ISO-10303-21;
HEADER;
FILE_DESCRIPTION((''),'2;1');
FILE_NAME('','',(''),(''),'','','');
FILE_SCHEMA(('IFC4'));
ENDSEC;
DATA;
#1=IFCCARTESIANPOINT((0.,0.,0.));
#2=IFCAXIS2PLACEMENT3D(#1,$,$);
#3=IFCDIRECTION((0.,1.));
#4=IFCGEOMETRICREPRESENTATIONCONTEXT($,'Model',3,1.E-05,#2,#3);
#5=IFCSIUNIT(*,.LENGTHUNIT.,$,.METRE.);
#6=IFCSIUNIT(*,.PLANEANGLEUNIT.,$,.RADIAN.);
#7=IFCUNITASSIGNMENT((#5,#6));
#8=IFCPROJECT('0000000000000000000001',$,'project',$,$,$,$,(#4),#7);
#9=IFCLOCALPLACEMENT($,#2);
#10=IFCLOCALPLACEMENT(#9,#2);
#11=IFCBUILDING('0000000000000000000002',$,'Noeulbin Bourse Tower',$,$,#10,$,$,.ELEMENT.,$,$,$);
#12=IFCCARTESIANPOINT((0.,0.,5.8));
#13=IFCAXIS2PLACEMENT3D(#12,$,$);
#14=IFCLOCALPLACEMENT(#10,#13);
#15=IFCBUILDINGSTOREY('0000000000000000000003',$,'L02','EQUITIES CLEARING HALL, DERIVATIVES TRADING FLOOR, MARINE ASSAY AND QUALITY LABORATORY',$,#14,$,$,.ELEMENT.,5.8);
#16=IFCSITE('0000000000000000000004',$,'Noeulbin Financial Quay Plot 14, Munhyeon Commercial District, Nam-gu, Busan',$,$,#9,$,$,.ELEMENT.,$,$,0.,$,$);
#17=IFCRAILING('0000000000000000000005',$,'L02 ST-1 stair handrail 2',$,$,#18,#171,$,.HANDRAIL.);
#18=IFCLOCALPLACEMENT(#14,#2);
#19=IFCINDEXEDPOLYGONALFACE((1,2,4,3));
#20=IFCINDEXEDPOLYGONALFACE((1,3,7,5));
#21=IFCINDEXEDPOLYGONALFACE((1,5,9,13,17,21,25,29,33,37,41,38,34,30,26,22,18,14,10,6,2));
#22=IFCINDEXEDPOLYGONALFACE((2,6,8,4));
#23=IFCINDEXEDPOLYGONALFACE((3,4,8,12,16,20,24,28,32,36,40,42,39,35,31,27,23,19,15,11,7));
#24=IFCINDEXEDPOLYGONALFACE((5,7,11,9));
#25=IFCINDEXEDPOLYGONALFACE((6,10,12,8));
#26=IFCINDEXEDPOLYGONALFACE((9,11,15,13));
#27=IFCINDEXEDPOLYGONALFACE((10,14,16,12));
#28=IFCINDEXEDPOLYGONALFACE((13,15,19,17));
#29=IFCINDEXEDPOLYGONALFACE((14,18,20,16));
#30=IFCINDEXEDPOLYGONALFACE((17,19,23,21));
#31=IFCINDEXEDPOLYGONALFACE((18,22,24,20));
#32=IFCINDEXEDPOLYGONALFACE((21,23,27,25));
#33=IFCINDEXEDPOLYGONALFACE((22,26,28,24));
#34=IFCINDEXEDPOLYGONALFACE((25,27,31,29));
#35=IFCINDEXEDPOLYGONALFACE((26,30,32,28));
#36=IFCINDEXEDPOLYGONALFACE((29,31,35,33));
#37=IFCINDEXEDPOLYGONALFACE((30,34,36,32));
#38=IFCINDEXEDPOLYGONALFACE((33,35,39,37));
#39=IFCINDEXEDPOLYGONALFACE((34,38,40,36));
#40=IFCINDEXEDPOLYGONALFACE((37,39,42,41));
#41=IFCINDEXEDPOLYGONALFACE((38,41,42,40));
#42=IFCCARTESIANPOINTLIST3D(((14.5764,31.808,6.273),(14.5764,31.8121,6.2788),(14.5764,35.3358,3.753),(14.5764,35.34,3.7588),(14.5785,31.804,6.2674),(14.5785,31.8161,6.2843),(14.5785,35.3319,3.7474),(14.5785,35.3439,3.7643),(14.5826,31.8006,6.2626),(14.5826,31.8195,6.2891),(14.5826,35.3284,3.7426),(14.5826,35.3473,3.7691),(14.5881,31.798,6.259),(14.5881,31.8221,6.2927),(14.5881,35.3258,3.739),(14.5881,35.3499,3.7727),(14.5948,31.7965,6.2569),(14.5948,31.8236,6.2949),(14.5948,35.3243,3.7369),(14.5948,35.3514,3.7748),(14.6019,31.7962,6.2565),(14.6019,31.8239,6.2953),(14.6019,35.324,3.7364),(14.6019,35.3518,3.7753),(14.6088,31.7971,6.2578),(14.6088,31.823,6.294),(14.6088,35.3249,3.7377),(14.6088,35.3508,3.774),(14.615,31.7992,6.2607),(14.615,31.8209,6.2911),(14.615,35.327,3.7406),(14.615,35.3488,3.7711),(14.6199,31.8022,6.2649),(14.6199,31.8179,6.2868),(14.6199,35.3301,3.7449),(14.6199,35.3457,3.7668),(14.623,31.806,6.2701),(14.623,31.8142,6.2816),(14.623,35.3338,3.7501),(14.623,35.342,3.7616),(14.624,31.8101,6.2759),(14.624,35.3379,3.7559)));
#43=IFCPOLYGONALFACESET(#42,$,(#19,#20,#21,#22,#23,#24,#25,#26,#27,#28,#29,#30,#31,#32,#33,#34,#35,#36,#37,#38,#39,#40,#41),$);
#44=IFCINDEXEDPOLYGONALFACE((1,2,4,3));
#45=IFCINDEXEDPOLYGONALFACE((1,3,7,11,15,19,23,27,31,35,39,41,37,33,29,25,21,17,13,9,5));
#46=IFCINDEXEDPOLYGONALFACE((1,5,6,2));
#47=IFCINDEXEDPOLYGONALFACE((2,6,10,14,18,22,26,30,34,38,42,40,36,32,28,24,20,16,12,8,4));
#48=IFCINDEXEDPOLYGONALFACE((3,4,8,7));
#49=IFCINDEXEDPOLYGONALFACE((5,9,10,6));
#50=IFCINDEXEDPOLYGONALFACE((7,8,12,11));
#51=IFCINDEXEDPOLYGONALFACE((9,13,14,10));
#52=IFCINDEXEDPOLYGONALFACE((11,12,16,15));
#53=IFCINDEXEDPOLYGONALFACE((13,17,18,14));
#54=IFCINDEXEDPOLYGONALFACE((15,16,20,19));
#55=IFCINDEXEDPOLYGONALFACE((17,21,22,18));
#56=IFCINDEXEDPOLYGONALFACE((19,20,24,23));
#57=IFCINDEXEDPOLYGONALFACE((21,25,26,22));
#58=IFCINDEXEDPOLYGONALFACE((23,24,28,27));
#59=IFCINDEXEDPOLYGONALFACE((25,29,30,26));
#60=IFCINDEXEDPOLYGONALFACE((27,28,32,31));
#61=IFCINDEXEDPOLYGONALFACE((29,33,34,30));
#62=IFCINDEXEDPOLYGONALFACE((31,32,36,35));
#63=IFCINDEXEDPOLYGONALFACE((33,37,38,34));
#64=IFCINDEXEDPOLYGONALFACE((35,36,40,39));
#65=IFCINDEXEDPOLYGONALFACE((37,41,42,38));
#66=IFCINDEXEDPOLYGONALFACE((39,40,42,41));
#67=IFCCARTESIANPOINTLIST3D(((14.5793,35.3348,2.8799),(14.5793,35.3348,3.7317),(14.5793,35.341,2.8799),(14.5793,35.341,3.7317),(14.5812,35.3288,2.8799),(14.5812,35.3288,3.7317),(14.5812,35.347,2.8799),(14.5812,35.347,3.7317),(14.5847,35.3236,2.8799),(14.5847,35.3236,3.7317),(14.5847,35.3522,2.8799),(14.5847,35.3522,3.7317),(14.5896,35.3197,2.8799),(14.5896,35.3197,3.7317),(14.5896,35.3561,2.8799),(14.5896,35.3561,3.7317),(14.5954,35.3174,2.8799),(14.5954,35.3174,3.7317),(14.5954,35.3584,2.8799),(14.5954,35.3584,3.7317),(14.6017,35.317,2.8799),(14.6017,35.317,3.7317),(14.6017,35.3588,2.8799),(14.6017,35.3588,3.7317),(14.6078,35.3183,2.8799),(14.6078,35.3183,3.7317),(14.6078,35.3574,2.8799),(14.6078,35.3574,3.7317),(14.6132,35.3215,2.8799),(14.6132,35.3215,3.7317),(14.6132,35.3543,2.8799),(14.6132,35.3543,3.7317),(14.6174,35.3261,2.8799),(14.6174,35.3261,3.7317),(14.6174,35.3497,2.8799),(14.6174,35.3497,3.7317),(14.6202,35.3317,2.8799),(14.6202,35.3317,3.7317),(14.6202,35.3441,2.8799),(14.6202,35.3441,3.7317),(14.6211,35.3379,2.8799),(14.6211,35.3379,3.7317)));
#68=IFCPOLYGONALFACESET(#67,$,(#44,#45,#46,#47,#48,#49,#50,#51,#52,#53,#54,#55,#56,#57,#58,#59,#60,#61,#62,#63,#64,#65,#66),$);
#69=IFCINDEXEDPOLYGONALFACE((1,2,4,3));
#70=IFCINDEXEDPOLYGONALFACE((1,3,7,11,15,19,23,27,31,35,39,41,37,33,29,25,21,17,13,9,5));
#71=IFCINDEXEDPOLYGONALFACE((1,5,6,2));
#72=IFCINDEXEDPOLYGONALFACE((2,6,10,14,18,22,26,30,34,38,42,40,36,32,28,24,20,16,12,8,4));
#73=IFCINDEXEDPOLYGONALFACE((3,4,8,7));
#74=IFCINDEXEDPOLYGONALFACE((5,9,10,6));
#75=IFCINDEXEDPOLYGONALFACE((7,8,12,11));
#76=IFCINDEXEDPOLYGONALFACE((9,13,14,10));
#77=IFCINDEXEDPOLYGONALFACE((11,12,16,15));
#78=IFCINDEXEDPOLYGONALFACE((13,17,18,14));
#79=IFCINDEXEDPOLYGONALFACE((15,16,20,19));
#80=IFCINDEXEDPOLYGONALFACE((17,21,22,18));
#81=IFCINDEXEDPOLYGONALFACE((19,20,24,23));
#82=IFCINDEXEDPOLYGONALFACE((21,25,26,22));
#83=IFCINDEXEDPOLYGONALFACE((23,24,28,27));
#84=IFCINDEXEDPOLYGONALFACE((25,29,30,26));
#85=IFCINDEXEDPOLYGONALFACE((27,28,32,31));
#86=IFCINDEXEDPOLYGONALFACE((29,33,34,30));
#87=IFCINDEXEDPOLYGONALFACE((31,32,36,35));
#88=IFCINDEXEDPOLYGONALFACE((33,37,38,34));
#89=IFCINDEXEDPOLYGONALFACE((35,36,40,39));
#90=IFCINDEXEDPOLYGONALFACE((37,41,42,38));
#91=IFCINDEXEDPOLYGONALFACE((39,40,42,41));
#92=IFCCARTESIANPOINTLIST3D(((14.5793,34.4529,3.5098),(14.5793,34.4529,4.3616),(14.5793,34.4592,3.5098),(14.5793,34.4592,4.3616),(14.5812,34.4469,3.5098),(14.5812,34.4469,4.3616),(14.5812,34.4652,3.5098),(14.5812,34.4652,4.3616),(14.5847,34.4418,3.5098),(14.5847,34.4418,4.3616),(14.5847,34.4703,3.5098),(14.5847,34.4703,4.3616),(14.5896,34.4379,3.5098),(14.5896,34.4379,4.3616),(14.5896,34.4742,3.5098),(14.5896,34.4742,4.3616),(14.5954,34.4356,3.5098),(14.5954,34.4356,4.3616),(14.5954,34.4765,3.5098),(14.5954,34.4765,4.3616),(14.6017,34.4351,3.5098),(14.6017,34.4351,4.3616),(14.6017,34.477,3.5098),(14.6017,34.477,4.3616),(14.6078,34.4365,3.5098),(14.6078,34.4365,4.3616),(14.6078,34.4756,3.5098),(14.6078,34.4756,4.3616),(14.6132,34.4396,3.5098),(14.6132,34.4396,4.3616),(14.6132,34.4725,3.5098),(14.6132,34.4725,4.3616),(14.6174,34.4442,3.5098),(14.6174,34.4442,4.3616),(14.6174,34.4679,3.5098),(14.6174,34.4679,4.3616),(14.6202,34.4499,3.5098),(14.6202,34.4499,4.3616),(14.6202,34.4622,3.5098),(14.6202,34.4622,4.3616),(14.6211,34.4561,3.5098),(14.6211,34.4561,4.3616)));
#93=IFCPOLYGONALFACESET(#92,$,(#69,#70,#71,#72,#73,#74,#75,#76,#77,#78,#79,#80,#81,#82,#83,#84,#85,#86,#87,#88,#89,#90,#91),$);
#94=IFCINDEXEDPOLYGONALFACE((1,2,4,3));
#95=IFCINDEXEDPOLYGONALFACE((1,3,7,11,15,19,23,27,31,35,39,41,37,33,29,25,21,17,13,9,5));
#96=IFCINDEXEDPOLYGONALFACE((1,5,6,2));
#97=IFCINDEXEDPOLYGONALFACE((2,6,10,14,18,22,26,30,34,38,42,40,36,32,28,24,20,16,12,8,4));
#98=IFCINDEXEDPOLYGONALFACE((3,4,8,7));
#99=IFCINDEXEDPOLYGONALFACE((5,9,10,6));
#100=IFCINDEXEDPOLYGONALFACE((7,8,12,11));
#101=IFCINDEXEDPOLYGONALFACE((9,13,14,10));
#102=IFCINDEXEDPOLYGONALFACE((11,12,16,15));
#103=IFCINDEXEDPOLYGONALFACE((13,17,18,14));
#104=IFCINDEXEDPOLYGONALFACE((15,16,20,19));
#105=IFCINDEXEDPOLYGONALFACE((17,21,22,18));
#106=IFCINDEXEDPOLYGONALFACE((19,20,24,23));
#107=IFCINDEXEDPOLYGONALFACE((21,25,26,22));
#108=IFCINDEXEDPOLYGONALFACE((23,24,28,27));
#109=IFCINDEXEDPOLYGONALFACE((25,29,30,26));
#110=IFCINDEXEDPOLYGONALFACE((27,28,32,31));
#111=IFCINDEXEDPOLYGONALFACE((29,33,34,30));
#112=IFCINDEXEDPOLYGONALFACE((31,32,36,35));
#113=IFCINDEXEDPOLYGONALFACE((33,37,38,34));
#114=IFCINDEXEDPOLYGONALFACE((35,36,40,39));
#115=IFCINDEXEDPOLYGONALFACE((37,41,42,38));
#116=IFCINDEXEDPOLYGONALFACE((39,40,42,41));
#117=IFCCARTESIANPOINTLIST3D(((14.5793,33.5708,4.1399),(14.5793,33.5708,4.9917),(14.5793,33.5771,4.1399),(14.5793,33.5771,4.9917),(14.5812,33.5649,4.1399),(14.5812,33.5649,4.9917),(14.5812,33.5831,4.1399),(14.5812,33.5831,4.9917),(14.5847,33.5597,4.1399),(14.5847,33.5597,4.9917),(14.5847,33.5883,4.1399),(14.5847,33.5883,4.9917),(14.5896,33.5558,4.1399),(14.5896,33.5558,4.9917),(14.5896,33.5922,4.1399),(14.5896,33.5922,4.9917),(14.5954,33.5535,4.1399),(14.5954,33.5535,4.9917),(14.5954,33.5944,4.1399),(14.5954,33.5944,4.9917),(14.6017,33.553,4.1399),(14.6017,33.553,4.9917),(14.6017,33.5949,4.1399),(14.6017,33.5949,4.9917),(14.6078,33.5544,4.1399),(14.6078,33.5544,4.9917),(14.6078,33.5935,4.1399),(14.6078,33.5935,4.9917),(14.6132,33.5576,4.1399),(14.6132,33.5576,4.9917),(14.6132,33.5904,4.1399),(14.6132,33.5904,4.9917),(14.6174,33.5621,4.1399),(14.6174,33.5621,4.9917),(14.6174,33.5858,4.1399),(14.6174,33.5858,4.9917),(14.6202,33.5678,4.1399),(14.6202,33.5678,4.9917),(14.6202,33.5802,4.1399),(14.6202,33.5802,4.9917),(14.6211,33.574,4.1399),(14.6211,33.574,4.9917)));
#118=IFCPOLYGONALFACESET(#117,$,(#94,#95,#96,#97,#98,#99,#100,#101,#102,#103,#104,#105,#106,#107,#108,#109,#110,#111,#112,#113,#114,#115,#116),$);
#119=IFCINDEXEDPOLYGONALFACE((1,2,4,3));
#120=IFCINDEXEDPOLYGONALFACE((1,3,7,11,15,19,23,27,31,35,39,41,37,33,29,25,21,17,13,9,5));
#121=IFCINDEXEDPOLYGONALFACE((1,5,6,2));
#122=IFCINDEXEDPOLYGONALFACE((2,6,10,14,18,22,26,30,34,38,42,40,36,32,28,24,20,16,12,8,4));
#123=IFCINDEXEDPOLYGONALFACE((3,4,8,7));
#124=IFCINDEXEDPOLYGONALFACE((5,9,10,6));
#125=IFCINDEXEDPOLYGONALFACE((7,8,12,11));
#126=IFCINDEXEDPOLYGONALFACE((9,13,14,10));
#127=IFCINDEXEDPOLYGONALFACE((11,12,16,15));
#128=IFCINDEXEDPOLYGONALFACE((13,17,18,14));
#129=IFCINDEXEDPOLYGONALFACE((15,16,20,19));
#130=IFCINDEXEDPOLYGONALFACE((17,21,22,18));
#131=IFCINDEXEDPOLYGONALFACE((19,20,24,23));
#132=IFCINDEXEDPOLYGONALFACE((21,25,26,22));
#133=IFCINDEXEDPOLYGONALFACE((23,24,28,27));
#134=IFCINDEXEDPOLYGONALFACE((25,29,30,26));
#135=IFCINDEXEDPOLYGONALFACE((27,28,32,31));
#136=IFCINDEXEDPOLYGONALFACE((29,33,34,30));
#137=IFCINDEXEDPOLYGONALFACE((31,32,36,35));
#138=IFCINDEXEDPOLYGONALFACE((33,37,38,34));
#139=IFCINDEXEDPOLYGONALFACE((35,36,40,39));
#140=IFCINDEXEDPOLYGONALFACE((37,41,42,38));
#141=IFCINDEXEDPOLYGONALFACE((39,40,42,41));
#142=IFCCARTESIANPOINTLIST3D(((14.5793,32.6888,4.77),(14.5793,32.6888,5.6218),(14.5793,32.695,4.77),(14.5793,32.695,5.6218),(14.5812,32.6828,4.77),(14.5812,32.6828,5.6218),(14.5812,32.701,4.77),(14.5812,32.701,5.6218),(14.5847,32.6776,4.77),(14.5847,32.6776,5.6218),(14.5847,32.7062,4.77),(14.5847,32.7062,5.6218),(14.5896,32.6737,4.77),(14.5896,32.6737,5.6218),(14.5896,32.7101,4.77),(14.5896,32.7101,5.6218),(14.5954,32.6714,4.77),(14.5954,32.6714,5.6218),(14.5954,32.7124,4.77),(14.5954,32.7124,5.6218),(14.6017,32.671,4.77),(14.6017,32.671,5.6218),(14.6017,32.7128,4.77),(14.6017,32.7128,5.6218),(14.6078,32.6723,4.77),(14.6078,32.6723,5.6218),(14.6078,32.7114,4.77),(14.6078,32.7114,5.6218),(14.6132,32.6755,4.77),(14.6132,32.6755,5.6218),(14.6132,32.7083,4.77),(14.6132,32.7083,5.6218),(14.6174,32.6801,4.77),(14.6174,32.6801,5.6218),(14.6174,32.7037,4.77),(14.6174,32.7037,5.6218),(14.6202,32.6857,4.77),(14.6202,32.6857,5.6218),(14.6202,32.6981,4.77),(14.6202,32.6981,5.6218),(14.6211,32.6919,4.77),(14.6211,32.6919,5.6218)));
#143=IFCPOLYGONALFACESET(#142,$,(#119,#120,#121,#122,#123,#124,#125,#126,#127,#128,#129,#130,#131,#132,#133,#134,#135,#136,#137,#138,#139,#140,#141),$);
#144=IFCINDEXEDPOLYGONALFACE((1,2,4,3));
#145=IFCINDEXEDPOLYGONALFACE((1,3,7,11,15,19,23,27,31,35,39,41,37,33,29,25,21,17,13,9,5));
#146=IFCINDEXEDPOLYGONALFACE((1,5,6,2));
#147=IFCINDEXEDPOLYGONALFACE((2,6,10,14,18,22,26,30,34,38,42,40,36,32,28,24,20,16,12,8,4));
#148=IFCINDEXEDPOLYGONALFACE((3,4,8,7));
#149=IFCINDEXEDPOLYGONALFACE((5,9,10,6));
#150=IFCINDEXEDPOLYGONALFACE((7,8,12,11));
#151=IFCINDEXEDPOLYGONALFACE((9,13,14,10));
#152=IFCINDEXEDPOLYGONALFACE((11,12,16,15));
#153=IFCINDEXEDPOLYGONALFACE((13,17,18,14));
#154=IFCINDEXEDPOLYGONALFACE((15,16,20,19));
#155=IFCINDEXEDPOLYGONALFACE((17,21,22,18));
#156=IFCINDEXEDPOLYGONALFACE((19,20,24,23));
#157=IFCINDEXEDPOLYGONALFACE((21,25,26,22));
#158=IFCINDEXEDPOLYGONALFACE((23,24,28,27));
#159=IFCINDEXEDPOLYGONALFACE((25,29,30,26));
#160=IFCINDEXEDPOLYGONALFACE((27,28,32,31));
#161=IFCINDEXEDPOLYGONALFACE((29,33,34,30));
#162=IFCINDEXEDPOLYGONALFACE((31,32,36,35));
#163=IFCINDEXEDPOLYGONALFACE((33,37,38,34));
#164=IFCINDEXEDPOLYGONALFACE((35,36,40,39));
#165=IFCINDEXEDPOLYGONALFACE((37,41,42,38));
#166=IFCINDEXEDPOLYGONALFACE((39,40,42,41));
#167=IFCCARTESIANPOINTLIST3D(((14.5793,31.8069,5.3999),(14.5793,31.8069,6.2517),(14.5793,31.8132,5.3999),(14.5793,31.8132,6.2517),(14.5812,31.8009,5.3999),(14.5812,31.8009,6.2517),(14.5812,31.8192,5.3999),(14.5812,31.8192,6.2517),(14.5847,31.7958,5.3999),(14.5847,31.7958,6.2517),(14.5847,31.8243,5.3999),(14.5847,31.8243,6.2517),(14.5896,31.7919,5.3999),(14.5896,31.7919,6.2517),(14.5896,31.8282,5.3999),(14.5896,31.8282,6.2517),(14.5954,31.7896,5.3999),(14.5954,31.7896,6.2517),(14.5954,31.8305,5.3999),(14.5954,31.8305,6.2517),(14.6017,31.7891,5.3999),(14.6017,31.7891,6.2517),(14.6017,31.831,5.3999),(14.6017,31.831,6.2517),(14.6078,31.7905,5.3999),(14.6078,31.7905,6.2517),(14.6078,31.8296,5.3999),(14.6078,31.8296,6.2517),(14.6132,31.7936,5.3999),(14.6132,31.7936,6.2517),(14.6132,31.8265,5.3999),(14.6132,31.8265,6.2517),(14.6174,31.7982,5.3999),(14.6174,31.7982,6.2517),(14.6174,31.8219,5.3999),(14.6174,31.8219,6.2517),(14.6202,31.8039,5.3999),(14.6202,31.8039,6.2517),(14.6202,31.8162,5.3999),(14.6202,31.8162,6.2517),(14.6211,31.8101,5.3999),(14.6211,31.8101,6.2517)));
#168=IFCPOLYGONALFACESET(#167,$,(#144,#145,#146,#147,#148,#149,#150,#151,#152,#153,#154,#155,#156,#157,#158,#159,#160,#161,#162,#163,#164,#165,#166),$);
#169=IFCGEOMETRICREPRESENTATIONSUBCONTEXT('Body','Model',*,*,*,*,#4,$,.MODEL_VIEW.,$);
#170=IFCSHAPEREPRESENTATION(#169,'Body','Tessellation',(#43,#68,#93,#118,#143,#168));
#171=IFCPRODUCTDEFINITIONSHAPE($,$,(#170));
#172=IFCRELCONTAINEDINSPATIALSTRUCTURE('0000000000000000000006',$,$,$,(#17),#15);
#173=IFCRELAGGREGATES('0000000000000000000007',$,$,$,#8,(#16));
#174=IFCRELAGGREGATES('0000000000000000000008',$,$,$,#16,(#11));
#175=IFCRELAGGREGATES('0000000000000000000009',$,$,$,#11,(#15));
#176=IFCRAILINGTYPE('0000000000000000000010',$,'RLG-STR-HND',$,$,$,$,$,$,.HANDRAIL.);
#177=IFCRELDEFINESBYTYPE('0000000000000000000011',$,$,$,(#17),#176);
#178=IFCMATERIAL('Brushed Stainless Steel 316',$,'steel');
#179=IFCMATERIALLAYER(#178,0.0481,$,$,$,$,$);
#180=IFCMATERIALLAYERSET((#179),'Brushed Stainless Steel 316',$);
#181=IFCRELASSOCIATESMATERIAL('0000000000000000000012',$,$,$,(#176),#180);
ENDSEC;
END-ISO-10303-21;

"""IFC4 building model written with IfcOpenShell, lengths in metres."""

from ifc_helpers import new_model, si_unit, direction, frame, origin, origin_2d, place, context, subcontext, project, spatial, circle, extrude, material, layer, layer_set, type_object, element, save


model = new_model("IFC4")

# Units and contexts
model_context = context("Model", 3, precision=1e-05, world=origin(), true_north=direction((0.0, 1.0)))
body_context = subcontext(model_context, "Body", "Model", "MODEL_VIEW")
ifc_project = project(units=[si_unit("LENGTHUNIT", "METRE"), si_unit("PLANEANGLEUNIT", "RADIAN")], contexts=[model_context])

# Site, building, storey
site_placement = place(None, origin())
site = spatial("IfcSite", under=ifc_project, at=site_placement, Name="Noeulbin Financial Quay Plot 14, Munhyeon Commercial District, Nam-gu, Busan", CompositionType="ELEMENT", RefElevation=0.0)
building_placement = place(site_placement, origin())
building = spatial("IfcBuilding", under=site, at=building_placement, Name="Noeulbin Bourse Tower", CompositionType="ELEMENT")
storey_placement = place(building_placement, frame((0.0, 0.0, 5.8)))
storey = spatial("IfcBuildingStorey", under=building, at=storey_placement, Name="L02", Description="EQUITIES CLEARING HALL, DERIVATIVES TRADING FLOOR, MARINE ASSAY AND QUALITY LABORATORY", CompositionType="ELEMENT", Elevation=5.8)

# Railing
ifc_material_1 = material(Name="Brushed Stainless Steel 316", Category="steel")
ifc_layer_1 = layer(ifc_material_1, 0.0481)
ifc_layer_set_1 = layer_set([ifc_layer_1], Name="Brushed Stainless Steel 316")
railing_type_1 = type_object("IfcRailingType", Name="RLG-STR-HND", PredefinedType="HANDRAIL", material=ifc_layer_set_1)
railing_1_placement = place(storey_placement, frame((14.6001, 35.3379, 2.8799)))
element("IfcRailing", 1, at=railing_1_placement, inside=storey, type_object=railing_type_1, Name="L02 ST-1 stair handrail 2", PredefinedType="HANDRAIL", context=body_context, shape_type="SweptSolid", body=[
    extrude(circle(Radius=0.0239, at=origin_2d()), frame((0.0, 0.0, 0.876), z_axis=(0.0, -0.813718, 0.58126), x_axis=(1.0, 0.0, 0.0)), (0.0, 0.0, 1.0), 4.3354),
    extrude(circle(Radius=0.021, at=origin_2d()), origin(), (0.0, 0.0, 1.0), 0.8518),
    extrude(circle(Radius=0.021, at=origin_2d()), frame((0.0, -0.8818, 0.6299)), (0.0, 0.0, 1.0), 0.8518),
    extrude(circle(Radius=0.021, at=origin_2d()), frame((0.0, -1.7639, 1.26)), (0.0, 0.0, 1.0), 0.8518),
    extrude(circle(Radius=0.021, at=origin_2d()), frame((0.0, -2.646, 1.8901)), (0.0, 0.0, 1.0), 0.8518),
    extrude(circle(Radius=0.021, at=origin_2d()), frame((0.0, -3.5278, 2.52)), (0.0, 0.0, 1.0), 0.8518),
])

save(model, "model.ifc")
